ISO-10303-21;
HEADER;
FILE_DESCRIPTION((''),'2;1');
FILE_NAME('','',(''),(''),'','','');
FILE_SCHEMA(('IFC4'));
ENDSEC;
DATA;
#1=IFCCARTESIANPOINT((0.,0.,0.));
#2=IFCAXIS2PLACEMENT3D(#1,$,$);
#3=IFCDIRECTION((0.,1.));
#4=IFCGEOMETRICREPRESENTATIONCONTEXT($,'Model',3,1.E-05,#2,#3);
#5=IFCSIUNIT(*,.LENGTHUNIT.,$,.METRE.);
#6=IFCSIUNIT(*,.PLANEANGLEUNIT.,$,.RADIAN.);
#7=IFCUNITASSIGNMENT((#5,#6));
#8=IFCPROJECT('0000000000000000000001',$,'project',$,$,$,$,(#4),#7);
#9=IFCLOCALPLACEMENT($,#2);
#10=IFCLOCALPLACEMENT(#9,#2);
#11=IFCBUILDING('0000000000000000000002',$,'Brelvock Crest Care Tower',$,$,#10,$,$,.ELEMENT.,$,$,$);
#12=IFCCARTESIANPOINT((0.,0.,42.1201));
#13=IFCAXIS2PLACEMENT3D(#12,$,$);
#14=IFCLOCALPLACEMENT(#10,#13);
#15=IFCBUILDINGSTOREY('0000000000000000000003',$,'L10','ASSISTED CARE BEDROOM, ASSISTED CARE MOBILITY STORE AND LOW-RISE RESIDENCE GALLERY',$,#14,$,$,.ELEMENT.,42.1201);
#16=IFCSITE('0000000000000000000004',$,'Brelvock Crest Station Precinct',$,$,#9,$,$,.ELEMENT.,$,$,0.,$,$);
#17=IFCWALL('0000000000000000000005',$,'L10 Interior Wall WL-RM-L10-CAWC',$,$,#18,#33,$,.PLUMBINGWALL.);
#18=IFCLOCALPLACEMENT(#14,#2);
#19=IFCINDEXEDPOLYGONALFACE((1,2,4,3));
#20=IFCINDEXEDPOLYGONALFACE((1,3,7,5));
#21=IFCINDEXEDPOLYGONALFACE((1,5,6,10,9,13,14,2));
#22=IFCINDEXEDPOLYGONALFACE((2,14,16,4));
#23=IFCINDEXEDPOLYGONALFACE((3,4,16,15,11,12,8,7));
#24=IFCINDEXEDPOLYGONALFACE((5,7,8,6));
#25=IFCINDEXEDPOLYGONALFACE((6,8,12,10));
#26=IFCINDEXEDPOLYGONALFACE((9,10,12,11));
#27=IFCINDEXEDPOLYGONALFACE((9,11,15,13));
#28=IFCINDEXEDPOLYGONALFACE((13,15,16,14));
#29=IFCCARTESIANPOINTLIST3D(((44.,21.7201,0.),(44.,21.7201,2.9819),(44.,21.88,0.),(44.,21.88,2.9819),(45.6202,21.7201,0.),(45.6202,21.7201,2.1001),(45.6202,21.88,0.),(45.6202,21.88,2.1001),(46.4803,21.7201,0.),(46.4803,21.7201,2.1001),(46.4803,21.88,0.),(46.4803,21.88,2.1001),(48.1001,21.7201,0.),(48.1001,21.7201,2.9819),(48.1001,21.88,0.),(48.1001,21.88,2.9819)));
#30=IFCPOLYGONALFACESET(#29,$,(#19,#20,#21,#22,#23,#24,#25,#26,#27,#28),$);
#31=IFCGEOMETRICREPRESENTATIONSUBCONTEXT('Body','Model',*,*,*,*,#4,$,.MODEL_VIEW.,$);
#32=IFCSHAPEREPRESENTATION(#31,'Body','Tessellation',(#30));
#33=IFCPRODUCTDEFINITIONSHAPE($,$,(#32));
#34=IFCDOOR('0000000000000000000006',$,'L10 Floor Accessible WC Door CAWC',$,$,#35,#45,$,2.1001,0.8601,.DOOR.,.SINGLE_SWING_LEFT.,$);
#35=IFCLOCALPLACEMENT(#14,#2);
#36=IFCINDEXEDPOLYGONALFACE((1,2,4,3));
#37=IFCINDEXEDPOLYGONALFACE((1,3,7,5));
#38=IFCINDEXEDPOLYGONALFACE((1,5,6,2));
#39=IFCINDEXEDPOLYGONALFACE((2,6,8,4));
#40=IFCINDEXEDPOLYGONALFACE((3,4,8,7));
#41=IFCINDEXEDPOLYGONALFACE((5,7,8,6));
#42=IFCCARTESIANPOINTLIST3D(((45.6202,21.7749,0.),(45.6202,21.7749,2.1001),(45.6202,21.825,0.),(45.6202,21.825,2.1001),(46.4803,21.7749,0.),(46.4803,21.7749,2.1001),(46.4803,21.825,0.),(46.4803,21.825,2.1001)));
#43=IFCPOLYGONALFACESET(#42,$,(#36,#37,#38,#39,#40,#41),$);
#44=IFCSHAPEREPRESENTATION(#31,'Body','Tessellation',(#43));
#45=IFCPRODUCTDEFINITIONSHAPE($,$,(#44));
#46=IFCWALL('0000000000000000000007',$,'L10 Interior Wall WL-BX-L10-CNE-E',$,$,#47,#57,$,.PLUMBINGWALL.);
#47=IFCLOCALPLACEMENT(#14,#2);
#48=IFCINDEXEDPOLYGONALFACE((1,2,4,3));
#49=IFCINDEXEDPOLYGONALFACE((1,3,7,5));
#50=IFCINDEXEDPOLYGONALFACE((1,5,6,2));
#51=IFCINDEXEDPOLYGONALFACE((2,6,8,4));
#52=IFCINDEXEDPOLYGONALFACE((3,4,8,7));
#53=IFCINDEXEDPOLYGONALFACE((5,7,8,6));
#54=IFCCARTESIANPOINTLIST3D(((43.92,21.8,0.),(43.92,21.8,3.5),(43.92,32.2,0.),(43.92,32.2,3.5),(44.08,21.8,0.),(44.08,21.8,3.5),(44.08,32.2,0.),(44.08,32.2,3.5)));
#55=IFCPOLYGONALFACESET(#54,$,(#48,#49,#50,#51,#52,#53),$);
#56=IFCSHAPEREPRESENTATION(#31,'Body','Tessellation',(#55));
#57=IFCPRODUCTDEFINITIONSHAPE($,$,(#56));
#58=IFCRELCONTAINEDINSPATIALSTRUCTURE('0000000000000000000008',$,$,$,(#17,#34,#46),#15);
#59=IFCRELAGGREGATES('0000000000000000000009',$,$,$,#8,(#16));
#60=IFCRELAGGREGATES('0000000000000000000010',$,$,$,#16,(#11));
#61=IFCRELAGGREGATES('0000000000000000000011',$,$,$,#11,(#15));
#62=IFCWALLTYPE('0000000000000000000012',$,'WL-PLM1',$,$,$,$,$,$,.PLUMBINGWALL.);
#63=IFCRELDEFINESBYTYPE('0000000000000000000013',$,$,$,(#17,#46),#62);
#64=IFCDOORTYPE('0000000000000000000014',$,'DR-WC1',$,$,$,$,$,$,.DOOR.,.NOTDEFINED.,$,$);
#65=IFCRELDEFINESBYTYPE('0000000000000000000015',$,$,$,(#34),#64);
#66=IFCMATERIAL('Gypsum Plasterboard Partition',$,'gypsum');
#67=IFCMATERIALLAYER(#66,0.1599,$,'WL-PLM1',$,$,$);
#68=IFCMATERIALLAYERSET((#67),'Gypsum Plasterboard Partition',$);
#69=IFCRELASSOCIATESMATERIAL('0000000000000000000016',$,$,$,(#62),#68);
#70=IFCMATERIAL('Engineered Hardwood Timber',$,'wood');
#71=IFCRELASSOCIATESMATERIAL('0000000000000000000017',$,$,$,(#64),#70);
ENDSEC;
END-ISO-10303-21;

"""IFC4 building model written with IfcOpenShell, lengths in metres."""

from ifc_helpers import new_model, si_unit, direction, frame, frame_2d, origin, origin_2d, place, context, subcontext, project, spatial, rectangle, extrude, source, transform, mapped, material, layer, layer_set, type_object, element, fill, save


model = new_model("IFC4")

# Units and contexts
model_context = context("Model", 3, precision=1e-05, world=origin(), true_north=direction((0.0, 1.0)))
body_context = subcontext(model_context, "Body", "Model", "MODEL_VIEW")
ifc_project = project(units=[si_unit("LENGTHUNIT", "METRE"), si_unit("PLANEANGLEUNIT", "RADIAN")], contexts=[model_context])

# Site, building, storey
site_placement = place(None, origin())
site = spatial("IfcSite", under=ifc_project, at=site_placement, Name="Brelvock Crest Station Precinct", CompositionType="ELEMENT", RefElevation=0.0)
building_placement = place(site_placement, origin())
building = spatial("IfcBuilding", under=site, at=building_placement, Name="Brelvock Crest Care Tower", CompositionType="ELEMENT")
storey_placement = place(building_placement, frame((0.0, 0.0, 42.1201)))
storey = spatial("IfcBuildingStorey", under=building, at=storey_placement, Name="L10", Description="ASSISTED CARE BEDROOM, ASSISTED CARE MOBILITY STORE AND LOW-RISE RESIDENCE GALLERY", CompositionType="ELEMENT", Elevation=42.1201)

# Shared definitions
ifc_material_1 = material(Name="Engineered Hardwood Timber", Category="wood")

# Wall, opening, door
ifc_material_2 = material(Name="Gypsum Plasterboard Partition", Category="gypsum")
ifc_layer_1 = layer(ifc_material_2, 0.1599, Name="WL-PLM1")
ifc_layer_set_1 = layer_set([ifc_layer_1], Name="Gypsum Plasterboard Partition")
wall_type_1 = type_object("IfcWallType", Name="WL-PLM1", PredefinedType="PLUMBINGWALL", material=ifc_layer_set_1)
wall_1_placement = place(storey_placement, frame((44.0, 21.8, 0.0), z_axis=(0.0, 0.0, 1.0), x_axis=(1.0, 0.0, 0.0)))
wall_1 = element("IfcWall", 1, at=wall_1_placement, inside=storey, type_object=wall_type_1, Name="L10 Interior Wall WL-RM-L10-CAWC", PredefinedType="PLUMBINGWALL", context=body_context, shape_type="SweptSolid", body=[
    extrude(rectangle(XDim=4.1001, YDim=0.1599, at=frame_2d((2.05, 0.0))), origin(), (0.0, 0.0, 1.0), 2.9819),
])
opening_1_placement = place(wall_1_placement, frame((1.6201, 0.0, 0.0)))
opening_1 = element("IfcOpeningElement", 2, at=opening_1_placement, cuts=wall_1, PredefinedType="OPENING", context=body_context, shape_type="SweptSolid", body=[
    extrude(rectangle(XDim=0.8601, YDim=2.1001, at=origin_2d()), frame((0.4302, 0.0898, 1.05), z_axis=(0.0, -1.0, 0.0), x_axis=(1.0, 0.0, 0.0)), (0.0, 0.0, 1.0), 0.1799),
])
door_type_1 = type_object("IfcDoorType", Name="DR-WC1", OperationType="NOTDEFINED", PredefinedType="DOOR", material=ifc_material_1)
shared_shape_1 = source(origin(), body_context, "Body", "SweptSolid", [
    extrude(rectangle(XDim=0.8601, YDim=2.1001, at=origin_2d()), frame((0.4302, 0.0249, 1.05), z_axis=(0.0, -1.0, 0.0), x_axis=(1.0, 0.0, 0.0)), (0.0, 0.0, 1.0), 0.05),
])
door_1_placement = place(opening_1_placement, origin())
door_1 = element("IfcDoor", 3, at=door_1_placement, inside=storey, type_object=door_type_1, Name="L10 Floor Accessible WC Door CAWC", OperationType="SINGLE_SWING_LEFT", OverallHeight=2.1001, OverallWidth=0.8601, PredefinedType="DOOR", context=body_context, shape_type="MappedRepresentation", body=[
    mapped(shared_shape_1, transform((0.0, 0.0, 0.0), x_axis=(1.0, 0.0, 0.0), y_axis=(0.0, 1.0, 0.0), z_axis=(0.0, 0.0, 1.0), scale=1.0)),
])
fill(opening_1, door_1)

# Wall
wall_2_placement = place(storey_placement, frame((44.0, 21.8, 0.0), z_axis=(0.0, 0.0, 1.0), x_axis=(0.0, 1.0, 0.0)))
element("IfcWall", 4, at=wall_2_placement, inside=storey, type_object=wall_type_1, Name="L10 Interior Wall WL-BX-L10-CNE-E", PredefinedType="PLUMBINGWALL", context=body_context, shape_type="SweptSolid", body=[
    extrude(rectangle(XDim=10.3999, YDim=0.1599, at=frame_2d((5.2, 0.0))), origin(), (0.0, 0.0, 1.0), 3.5),
])

save(model, "model.ifc")
